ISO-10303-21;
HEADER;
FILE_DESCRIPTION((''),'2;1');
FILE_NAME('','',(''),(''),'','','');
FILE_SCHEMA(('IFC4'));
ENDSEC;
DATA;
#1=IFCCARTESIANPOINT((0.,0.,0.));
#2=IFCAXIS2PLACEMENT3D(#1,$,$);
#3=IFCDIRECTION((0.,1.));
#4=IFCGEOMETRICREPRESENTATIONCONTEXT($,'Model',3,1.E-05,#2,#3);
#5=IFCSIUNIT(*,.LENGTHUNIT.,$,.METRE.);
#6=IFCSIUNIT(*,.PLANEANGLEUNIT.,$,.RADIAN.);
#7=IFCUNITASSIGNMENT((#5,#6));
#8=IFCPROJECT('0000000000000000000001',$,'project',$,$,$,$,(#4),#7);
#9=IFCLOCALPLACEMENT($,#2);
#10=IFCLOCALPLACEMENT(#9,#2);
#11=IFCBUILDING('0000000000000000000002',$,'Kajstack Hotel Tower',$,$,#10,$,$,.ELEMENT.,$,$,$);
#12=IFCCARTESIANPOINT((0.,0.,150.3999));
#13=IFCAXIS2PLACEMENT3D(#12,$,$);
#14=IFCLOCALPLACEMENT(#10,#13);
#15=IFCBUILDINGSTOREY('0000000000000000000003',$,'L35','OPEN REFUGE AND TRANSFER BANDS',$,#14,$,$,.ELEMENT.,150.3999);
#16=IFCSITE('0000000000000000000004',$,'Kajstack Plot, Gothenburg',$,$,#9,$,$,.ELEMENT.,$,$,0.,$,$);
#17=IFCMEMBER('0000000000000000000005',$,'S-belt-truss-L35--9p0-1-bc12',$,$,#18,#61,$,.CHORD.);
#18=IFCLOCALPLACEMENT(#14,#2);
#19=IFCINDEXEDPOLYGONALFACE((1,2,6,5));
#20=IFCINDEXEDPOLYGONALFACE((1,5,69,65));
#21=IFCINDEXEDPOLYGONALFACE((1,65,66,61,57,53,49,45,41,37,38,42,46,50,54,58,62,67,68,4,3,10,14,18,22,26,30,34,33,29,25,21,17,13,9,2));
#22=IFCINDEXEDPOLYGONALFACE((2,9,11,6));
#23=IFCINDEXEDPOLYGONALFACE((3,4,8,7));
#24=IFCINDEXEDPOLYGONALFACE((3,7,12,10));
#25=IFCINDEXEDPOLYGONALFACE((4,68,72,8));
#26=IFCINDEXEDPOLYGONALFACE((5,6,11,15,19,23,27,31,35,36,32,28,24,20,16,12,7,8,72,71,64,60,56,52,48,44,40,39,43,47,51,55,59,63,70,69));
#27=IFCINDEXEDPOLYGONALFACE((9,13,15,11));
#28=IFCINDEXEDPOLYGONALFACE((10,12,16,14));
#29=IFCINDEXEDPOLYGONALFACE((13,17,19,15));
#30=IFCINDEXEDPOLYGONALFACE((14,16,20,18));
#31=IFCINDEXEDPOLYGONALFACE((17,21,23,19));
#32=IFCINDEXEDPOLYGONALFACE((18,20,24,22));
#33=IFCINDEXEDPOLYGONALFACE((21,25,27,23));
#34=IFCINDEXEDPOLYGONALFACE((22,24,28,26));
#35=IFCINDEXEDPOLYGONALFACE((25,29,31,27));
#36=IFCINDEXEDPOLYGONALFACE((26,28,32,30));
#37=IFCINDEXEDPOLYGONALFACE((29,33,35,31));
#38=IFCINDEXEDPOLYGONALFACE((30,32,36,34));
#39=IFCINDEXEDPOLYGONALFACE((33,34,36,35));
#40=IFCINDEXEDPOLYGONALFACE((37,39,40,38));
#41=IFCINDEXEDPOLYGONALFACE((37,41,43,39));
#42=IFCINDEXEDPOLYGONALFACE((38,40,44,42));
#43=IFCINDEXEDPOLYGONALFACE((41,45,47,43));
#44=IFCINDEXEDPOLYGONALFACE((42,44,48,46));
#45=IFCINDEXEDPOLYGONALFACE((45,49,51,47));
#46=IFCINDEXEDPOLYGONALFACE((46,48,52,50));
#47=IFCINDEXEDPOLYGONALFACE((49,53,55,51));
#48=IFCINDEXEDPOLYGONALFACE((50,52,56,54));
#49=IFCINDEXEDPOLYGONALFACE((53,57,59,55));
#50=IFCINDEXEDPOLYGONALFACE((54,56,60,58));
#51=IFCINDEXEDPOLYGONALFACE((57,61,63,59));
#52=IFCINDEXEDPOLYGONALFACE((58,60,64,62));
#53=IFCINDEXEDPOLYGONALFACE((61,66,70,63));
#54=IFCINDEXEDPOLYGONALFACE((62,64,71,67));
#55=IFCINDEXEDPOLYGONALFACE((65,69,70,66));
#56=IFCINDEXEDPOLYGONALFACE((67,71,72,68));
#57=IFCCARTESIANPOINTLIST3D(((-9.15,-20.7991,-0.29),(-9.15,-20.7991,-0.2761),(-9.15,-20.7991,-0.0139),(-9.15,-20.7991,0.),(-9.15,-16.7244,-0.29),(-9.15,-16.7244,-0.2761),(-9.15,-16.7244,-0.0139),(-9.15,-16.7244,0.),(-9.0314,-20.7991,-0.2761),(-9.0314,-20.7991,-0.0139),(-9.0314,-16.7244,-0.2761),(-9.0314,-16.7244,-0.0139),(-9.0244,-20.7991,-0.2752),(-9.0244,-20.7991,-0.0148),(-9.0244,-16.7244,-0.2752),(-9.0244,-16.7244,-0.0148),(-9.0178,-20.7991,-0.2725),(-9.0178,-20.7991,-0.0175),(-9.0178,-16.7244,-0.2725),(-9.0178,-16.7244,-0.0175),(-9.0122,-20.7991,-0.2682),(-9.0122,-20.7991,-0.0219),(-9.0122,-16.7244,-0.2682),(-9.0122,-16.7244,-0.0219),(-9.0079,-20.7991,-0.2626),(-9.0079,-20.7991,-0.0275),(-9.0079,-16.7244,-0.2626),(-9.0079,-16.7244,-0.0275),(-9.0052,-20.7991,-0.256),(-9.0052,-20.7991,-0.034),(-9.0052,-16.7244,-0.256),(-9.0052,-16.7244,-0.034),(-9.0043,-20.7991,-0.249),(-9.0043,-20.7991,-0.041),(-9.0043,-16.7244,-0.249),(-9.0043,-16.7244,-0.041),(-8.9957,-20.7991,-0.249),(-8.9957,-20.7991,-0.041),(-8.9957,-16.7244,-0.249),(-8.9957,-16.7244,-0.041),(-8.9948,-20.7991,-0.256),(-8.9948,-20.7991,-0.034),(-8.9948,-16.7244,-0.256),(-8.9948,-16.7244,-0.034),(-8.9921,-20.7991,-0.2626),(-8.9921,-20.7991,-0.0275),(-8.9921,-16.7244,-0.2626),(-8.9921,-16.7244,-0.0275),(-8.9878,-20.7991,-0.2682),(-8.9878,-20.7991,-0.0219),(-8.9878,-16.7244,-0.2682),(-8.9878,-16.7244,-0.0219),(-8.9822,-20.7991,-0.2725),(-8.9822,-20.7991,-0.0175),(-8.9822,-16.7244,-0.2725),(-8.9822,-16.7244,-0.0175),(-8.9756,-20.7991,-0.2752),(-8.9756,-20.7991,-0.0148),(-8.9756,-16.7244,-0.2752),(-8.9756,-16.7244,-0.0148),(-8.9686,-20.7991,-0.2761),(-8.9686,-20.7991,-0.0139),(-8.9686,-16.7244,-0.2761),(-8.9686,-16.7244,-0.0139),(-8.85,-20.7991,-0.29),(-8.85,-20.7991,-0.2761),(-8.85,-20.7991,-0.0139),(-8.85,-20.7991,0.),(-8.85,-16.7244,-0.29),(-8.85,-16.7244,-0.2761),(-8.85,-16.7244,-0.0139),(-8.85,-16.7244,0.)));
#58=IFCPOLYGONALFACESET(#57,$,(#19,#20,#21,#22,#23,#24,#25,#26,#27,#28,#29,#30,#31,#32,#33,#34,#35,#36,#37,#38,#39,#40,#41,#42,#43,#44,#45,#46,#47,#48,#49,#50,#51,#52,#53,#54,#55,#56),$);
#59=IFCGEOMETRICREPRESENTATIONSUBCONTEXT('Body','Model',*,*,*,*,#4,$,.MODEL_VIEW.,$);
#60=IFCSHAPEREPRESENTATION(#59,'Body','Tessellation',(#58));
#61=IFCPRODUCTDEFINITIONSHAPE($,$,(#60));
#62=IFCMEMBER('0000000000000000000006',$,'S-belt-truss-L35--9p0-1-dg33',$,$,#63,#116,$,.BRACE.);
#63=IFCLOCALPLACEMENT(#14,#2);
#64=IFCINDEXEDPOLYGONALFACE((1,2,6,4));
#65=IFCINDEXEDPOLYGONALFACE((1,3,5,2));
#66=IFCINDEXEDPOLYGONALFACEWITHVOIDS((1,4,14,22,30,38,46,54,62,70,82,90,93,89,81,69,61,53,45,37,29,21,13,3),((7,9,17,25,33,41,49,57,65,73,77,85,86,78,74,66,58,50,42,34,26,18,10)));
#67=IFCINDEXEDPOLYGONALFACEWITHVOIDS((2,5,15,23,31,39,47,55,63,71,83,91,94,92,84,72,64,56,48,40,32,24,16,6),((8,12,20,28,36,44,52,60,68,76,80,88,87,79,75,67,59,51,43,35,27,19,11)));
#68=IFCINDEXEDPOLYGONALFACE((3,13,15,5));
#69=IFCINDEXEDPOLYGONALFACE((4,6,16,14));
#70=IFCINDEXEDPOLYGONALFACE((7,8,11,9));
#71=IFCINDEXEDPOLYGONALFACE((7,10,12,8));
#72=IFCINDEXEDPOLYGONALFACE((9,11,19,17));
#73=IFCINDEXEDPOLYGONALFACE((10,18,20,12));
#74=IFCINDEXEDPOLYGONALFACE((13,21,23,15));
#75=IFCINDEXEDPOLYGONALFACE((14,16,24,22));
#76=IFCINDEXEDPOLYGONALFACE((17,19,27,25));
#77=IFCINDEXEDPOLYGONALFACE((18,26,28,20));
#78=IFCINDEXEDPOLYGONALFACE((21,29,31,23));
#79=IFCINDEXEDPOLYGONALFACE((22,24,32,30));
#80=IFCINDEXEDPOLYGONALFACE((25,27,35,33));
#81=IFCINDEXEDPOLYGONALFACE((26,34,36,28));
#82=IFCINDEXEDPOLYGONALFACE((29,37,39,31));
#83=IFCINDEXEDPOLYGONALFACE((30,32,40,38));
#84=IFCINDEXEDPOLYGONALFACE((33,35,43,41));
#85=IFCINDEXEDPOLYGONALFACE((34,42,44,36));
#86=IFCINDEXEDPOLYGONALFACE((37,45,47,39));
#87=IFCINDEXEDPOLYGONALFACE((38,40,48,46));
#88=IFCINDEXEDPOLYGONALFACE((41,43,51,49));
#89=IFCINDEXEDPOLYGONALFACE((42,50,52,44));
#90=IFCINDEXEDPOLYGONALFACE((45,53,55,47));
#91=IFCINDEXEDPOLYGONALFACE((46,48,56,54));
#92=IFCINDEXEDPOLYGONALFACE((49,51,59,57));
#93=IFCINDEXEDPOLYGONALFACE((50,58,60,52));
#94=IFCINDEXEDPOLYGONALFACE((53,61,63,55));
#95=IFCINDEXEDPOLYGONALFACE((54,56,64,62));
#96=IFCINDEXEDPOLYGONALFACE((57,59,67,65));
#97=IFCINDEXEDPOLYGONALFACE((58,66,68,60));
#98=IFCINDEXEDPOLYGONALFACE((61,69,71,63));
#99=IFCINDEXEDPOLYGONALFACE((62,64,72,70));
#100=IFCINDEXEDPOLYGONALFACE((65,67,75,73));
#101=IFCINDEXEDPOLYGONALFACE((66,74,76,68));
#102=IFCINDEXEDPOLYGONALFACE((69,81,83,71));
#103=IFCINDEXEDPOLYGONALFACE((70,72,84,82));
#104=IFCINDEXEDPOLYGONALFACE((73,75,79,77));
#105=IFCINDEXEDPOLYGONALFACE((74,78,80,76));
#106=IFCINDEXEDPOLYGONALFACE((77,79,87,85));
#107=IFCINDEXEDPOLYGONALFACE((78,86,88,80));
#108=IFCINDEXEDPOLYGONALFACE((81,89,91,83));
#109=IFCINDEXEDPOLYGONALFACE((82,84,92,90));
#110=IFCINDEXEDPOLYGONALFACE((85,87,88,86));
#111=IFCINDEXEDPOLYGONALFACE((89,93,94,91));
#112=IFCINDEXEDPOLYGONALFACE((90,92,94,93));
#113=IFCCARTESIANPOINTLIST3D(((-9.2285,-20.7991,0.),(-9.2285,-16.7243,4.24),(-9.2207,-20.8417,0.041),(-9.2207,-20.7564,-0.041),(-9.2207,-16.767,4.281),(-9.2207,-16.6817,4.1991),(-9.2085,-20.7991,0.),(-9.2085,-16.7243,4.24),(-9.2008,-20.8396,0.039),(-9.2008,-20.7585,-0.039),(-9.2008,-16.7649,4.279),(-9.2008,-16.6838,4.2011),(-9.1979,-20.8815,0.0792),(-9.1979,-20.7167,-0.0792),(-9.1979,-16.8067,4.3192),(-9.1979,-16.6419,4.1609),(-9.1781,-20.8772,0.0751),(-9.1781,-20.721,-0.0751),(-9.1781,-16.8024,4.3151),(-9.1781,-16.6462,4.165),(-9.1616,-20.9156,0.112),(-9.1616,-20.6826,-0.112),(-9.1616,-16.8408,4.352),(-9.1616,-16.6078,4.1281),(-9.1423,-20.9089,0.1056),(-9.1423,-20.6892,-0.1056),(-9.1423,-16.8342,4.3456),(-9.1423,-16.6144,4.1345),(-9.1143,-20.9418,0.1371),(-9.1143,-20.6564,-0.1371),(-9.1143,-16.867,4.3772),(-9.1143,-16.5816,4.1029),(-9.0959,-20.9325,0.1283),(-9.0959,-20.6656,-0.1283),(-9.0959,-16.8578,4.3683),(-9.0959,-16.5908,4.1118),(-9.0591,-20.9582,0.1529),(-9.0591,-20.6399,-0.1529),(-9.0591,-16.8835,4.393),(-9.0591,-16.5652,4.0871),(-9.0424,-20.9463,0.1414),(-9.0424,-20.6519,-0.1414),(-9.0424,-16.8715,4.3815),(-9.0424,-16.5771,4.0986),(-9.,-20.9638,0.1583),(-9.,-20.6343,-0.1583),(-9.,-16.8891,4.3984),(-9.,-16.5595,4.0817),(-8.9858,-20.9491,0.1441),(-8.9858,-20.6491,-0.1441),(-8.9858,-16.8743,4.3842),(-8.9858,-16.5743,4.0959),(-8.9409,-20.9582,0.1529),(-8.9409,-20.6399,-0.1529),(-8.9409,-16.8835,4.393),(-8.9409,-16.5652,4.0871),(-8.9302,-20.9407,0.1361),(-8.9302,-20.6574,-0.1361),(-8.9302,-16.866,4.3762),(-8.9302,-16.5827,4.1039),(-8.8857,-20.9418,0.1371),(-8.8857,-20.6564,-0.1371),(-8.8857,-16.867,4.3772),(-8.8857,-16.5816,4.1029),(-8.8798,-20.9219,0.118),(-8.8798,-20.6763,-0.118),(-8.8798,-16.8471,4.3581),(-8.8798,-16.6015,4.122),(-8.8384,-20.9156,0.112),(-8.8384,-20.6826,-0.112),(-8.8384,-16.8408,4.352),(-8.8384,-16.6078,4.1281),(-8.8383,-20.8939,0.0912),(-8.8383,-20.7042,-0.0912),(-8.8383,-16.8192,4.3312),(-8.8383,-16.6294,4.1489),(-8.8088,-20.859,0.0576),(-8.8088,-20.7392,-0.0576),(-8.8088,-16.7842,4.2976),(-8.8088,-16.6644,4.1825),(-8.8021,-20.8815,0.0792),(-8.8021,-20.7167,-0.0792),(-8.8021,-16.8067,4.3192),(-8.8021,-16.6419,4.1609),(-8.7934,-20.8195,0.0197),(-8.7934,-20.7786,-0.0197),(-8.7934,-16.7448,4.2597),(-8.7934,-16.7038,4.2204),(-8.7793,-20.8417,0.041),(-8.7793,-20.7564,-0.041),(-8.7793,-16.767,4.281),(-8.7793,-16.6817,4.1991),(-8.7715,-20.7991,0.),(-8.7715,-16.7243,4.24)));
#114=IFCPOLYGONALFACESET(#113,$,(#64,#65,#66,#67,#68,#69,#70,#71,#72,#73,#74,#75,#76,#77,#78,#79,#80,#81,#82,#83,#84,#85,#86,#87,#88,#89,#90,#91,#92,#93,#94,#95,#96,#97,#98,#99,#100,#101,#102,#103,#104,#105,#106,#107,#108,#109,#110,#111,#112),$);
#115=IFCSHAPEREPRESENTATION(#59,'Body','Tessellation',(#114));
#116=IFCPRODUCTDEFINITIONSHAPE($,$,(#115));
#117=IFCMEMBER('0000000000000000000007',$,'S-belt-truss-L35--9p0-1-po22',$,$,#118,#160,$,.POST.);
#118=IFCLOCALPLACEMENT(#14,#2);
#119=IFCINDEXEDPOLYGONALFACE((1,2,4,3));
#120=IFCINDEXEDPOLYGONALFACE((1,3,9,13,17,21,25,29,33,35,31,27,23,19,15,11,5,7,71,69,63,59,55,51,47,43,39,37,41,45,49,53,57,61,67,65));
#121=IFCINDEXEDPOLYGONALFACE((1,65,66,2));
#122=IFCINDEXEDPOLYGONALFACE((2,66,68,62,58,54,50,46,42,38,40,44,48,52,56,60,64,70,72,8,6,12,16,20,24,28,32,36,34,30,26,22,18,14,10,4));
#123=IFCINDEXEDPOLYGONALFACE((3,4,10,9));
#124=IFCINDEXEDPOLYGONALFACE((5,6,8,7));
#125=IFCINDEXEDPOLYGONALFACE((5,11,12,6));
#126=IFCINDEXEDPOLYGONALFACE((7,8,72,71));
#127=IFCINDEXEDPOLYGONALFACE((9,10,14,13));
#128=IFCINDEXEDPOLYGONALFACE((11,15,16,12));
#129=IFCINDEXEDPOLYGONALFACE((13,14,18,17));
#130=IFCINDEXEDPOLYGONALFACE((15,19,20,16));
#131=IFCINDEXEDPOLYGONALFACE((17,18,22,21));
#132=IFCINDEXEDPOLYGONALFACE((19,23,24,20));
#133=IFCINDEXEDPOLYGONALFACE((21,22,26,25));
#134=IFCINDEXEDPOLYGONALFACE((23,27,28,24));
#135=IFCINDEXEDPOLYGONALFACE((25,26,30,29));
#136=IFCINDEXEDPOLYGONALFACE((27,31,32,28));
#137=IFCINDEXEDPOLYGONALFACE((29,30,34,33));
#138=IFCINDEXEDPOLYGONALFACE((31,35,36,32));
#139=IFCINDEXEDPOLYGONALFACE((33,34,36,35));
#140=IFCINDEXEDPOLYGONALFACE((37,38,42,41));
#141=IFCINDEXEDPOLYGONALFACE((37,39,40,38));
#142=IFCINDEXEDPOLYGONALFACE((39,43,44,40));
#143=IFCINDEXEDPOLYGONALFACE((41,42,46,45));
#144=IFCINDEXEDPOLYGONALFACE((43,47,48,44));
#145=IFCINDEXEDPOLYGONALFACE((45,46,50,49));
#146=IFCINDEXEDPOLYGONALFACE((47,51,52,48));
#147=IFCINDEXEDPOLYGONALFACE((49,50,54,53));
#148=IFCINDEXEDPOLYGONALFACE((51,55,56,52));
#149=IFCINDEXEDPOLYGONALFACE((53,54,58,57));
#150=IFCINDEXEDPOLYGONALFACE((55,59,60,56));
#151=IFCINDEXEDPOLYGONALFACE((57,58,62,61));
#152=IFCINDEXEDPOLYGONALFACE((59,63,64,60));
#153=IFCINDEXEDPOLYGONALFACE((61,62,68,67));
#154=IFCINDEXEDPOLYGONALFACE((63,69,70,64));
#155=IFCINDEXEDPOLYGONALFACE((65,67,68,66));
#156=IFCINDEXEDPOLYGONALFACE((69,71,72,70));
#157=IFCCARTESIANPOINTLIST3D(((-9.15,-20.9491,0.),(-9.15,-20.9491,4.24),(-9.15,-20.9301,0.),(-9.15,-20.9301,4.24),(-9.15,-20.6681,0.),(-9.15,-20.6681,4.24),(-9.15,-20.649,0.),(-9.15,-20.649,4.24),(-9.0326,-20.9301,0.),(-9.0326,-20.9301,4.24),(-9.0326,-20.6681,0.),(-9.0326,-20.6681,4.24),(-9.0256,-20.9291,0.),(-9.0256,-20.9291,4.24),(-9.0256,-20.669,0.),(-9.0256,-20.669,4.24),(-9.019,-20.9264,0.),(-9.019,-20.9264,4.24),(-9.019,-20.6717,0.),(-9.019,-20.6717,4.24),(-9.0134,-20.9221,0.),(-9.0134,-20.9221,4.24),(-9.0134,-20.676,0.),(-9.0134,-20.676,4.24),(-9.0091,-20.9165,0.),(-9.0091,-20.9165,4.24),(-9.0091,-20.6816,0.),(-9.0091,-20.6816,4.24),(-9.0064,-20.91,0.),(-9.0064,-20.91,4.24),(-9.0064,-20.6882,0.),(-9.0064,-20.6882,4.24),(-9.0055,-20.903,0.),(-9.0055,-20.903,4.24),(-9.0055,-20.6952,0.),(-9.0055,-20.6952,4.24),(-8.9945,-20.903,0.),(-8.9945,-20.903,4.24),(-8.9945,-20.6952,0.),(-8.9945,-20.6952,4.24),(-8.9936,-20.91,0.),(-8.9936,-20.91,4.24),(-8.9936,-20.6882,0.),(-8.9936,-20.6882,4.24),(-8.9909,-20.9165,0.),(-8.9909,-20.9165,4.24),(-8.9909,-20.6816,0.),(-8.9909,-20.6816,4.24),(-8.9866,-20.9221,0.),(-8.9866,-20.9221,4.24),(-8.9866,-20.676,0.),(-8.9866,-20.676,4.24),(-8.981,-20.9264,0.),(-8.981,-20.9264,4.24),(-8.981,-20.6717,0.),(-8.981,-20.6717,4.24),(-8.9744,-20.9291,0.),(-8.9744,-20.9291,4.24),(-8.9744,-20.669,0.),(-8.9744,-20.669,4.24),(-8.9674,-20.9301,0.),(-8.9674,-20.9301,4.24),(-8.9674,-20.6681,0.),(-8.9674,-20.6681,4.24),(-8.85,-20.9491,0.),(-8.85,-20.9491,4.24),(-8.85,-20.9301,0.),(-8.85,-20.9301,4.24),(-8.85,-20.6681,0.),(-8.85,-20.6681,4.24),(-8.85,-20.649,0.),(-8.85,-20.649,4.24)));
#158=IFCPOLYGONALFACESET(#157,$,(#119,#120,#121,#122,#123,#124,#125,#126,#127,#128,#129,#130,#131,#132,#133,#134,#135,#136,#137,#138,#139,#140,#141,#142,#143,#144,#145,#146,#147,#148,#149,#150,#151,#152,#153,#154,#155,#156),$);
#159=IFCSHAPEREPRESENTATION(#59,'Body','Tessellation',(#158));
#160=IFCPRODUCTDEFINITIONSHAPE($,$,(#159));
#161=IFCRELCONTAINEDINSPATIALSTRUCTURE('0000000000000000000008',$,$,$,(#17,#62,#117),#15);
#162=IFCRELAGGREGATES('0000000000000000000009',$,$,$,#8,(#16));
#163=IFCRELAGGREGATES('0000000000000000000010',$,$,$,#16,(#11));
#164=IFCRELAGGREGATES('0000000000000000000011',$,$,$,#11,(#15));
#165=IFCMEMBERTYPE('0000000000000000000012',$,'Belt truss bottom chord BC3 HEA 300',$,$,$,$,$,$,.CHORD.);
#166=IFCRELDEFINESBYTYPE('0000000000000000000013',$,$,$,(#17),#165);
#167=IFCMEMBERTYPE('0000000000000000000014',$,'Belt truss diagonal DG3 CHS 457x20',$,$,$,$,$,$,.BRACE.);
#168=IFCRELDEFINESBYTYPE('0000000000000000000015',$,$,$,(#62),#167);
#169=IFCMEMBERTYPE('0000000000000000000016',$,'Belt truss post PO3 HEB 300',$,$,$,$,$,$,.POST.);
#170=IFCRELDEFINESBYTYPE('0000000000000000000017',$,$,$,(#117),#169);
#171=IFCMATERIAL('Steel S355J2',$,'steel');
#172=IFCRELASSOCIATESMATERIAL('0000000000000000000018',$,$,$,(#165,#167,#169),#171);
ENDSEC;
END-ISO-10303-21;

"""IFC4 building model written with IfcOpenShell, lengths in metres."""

from ifc_helpers import new_model, si_unit, direction, frame, origin, origin_2d, place, context, subcontext, project, spatial, hollow_circle, i_section, extrude, material, material_profile, profile_set, type_object, element, save


model = new_model("IFC4")

# Units and contexts
model_context = context("Model", 3, precision=1e-05, world=origin(), true_north=direction((0.0, 1.0)))
body_context = subcontext(model_context, "Body", "Model", "MODEL_VIEW")
ifc_project = project(units=[si_unit("LENGTHUNIT", "METRE"), si_unit("PLANEANGLEUNIT", "RADIAN")], contexts=[model_context])

# Site, building, storey
site_placement = place(None, origin())
site = spatial("IfcSite", under=ifc_project, at=site_placement, Name="Kajstack Plot, Gothenburg", CompositionType="ELEMENT", RefElevation=0.0)
building_placement = place(site_placement, origin())
building = spatial("IfcBuilding", under=site, at=building_placement, Name="Kajstack Hotel Tower", CompositionType="ELEMENT")
storey_placement = place(building_placement, frame((0.0, 0.0, 150.3999)))
storey = spatial("IfcBuildingStorey", under=building, at=storey_placement, Name="L35", Description="OPEN REFUGE AND TRANSFER BANDS", CompositionType="ELEMENT", Elevation=150.3999)

# Members
ifc_material_1 = material(Name="Steel S355J2", Category="steel")
ifc_material_profile_1 = material_profile(ifc_material_1, i_section(OverallWidth=0.3, OverallDepth=0.29, WebThickness=0.0085, FlangeThickness=0.0139, FilletRadius=0.0271, at=origin_2d()), Name="HEA 300")
ifc_profile_set_1 = profile_set([ifc_material_profile_1], Name="Steel S355J2")
member_type_1 = type_object("IfcMemberType", Name="Belt truss bottom chord BC3 HEA 300", PredefinedType="CHORD", material=ifc_profile_set_1)
member_1_placement = place(storey_placement, frame((-9.0, -20.7991, -0.145), z_axis=(0.0, 1.0, 0.0), x_axis=(-1.0, 0.0, 0.0)))
element("IfcMember", 1, at=member_1_placement, inside=storey, type_object=member_type_1, Name="S-belt-truss-L35--9p0-1-bc12", PredefinedType="CHORD", context=body_context, shape_type="SweptSolid", body=[
    extrude(i_section(OverallWidth=0.3, OverallDepth=0.29, WebThickness=0.0085, FlangeThickness=0.0139, FilletRadius=0.0271, at=origin_2d()), origin(), (0.0, 0.0, 1.0), 4.0747),
])
ifc_material_profile_2 = material_profile(ifc_material_1, hollow_circle(Radius=0.2285, WallThickness=0.02, at=origin_2d()), Name="CHS 457x20")
ifc_profile_set_2 = profile_set([ifc_material_profile_2], Name="Steel S355J2")
member_type_2 = type_object("IfcMemberType", Name="Belt truss diagonal DG3 CHS 457x20", PredefinedType="BRACE", material=ifc_profile_set_2)
member_2_placement = place(storey_placement, frame((-9.0, -20.7991, 0.0), z_axis=(0.0, 0.692914, 0.721021), x_axis=(-1.0, 0.0, 0.0)))
element("IfcMember", 2, at=member_2_placement, inside=storey, type_object=member_type_2, Name="S-belt-truss-L35--9p0-1-dg33", PredefinedType="BRACE", context=body_context, shape_type="SweptSolid", body=[
    extrude(hollow_circle(Radius=0.2285, WallThickness=0.02, at=origin_2d()), origin(), (0.0, 0.0, 1.0), 5.8806),
])
ifc_material_profile_3 = material_profile(ifc_material_1, i_section(OverallWidth=0.3, OverallDepth=0.3, WebThickness=0.011, FlangeThickness=0.019, FilletRadius=0.0271, at=origin_2d()), Name="HEB 300")
ifc_profile_set_3 = profile_set([ifc_material_profile_3], Name="Steel S355J2")
member_type_3 = type_object("IfcMemberType", Name="Belt truss post PO3 HEB 300", PredefinedType="POST", material=ifc_profile_set_3)
member_3_placement = place(storey_placement, frame((-9.0, -20.7991, 0.0), z_axis=(0.0, 0.0, 1.0), x_axis=(1.0, 0.0, 0.0)))
element("IfcMember", 3, at=member_3_placement, inside=storey, type_object=member_type_3, Name="S-belt-truss-L35--9p0-1-po22", PredefinedType="POST", context=body_context, shape_type="SweptSolid", body=[
    extrude(i_section(OverallWidth=0.3, OverallDepth=0.3, WebThickness=0.011, FlangeThickness=0.019, FilletRadius=0.0271, at=origin_2d()), origin(), (0.0, 0.0, 1.0), 4.24),
])

save(model, "model.ifc")
